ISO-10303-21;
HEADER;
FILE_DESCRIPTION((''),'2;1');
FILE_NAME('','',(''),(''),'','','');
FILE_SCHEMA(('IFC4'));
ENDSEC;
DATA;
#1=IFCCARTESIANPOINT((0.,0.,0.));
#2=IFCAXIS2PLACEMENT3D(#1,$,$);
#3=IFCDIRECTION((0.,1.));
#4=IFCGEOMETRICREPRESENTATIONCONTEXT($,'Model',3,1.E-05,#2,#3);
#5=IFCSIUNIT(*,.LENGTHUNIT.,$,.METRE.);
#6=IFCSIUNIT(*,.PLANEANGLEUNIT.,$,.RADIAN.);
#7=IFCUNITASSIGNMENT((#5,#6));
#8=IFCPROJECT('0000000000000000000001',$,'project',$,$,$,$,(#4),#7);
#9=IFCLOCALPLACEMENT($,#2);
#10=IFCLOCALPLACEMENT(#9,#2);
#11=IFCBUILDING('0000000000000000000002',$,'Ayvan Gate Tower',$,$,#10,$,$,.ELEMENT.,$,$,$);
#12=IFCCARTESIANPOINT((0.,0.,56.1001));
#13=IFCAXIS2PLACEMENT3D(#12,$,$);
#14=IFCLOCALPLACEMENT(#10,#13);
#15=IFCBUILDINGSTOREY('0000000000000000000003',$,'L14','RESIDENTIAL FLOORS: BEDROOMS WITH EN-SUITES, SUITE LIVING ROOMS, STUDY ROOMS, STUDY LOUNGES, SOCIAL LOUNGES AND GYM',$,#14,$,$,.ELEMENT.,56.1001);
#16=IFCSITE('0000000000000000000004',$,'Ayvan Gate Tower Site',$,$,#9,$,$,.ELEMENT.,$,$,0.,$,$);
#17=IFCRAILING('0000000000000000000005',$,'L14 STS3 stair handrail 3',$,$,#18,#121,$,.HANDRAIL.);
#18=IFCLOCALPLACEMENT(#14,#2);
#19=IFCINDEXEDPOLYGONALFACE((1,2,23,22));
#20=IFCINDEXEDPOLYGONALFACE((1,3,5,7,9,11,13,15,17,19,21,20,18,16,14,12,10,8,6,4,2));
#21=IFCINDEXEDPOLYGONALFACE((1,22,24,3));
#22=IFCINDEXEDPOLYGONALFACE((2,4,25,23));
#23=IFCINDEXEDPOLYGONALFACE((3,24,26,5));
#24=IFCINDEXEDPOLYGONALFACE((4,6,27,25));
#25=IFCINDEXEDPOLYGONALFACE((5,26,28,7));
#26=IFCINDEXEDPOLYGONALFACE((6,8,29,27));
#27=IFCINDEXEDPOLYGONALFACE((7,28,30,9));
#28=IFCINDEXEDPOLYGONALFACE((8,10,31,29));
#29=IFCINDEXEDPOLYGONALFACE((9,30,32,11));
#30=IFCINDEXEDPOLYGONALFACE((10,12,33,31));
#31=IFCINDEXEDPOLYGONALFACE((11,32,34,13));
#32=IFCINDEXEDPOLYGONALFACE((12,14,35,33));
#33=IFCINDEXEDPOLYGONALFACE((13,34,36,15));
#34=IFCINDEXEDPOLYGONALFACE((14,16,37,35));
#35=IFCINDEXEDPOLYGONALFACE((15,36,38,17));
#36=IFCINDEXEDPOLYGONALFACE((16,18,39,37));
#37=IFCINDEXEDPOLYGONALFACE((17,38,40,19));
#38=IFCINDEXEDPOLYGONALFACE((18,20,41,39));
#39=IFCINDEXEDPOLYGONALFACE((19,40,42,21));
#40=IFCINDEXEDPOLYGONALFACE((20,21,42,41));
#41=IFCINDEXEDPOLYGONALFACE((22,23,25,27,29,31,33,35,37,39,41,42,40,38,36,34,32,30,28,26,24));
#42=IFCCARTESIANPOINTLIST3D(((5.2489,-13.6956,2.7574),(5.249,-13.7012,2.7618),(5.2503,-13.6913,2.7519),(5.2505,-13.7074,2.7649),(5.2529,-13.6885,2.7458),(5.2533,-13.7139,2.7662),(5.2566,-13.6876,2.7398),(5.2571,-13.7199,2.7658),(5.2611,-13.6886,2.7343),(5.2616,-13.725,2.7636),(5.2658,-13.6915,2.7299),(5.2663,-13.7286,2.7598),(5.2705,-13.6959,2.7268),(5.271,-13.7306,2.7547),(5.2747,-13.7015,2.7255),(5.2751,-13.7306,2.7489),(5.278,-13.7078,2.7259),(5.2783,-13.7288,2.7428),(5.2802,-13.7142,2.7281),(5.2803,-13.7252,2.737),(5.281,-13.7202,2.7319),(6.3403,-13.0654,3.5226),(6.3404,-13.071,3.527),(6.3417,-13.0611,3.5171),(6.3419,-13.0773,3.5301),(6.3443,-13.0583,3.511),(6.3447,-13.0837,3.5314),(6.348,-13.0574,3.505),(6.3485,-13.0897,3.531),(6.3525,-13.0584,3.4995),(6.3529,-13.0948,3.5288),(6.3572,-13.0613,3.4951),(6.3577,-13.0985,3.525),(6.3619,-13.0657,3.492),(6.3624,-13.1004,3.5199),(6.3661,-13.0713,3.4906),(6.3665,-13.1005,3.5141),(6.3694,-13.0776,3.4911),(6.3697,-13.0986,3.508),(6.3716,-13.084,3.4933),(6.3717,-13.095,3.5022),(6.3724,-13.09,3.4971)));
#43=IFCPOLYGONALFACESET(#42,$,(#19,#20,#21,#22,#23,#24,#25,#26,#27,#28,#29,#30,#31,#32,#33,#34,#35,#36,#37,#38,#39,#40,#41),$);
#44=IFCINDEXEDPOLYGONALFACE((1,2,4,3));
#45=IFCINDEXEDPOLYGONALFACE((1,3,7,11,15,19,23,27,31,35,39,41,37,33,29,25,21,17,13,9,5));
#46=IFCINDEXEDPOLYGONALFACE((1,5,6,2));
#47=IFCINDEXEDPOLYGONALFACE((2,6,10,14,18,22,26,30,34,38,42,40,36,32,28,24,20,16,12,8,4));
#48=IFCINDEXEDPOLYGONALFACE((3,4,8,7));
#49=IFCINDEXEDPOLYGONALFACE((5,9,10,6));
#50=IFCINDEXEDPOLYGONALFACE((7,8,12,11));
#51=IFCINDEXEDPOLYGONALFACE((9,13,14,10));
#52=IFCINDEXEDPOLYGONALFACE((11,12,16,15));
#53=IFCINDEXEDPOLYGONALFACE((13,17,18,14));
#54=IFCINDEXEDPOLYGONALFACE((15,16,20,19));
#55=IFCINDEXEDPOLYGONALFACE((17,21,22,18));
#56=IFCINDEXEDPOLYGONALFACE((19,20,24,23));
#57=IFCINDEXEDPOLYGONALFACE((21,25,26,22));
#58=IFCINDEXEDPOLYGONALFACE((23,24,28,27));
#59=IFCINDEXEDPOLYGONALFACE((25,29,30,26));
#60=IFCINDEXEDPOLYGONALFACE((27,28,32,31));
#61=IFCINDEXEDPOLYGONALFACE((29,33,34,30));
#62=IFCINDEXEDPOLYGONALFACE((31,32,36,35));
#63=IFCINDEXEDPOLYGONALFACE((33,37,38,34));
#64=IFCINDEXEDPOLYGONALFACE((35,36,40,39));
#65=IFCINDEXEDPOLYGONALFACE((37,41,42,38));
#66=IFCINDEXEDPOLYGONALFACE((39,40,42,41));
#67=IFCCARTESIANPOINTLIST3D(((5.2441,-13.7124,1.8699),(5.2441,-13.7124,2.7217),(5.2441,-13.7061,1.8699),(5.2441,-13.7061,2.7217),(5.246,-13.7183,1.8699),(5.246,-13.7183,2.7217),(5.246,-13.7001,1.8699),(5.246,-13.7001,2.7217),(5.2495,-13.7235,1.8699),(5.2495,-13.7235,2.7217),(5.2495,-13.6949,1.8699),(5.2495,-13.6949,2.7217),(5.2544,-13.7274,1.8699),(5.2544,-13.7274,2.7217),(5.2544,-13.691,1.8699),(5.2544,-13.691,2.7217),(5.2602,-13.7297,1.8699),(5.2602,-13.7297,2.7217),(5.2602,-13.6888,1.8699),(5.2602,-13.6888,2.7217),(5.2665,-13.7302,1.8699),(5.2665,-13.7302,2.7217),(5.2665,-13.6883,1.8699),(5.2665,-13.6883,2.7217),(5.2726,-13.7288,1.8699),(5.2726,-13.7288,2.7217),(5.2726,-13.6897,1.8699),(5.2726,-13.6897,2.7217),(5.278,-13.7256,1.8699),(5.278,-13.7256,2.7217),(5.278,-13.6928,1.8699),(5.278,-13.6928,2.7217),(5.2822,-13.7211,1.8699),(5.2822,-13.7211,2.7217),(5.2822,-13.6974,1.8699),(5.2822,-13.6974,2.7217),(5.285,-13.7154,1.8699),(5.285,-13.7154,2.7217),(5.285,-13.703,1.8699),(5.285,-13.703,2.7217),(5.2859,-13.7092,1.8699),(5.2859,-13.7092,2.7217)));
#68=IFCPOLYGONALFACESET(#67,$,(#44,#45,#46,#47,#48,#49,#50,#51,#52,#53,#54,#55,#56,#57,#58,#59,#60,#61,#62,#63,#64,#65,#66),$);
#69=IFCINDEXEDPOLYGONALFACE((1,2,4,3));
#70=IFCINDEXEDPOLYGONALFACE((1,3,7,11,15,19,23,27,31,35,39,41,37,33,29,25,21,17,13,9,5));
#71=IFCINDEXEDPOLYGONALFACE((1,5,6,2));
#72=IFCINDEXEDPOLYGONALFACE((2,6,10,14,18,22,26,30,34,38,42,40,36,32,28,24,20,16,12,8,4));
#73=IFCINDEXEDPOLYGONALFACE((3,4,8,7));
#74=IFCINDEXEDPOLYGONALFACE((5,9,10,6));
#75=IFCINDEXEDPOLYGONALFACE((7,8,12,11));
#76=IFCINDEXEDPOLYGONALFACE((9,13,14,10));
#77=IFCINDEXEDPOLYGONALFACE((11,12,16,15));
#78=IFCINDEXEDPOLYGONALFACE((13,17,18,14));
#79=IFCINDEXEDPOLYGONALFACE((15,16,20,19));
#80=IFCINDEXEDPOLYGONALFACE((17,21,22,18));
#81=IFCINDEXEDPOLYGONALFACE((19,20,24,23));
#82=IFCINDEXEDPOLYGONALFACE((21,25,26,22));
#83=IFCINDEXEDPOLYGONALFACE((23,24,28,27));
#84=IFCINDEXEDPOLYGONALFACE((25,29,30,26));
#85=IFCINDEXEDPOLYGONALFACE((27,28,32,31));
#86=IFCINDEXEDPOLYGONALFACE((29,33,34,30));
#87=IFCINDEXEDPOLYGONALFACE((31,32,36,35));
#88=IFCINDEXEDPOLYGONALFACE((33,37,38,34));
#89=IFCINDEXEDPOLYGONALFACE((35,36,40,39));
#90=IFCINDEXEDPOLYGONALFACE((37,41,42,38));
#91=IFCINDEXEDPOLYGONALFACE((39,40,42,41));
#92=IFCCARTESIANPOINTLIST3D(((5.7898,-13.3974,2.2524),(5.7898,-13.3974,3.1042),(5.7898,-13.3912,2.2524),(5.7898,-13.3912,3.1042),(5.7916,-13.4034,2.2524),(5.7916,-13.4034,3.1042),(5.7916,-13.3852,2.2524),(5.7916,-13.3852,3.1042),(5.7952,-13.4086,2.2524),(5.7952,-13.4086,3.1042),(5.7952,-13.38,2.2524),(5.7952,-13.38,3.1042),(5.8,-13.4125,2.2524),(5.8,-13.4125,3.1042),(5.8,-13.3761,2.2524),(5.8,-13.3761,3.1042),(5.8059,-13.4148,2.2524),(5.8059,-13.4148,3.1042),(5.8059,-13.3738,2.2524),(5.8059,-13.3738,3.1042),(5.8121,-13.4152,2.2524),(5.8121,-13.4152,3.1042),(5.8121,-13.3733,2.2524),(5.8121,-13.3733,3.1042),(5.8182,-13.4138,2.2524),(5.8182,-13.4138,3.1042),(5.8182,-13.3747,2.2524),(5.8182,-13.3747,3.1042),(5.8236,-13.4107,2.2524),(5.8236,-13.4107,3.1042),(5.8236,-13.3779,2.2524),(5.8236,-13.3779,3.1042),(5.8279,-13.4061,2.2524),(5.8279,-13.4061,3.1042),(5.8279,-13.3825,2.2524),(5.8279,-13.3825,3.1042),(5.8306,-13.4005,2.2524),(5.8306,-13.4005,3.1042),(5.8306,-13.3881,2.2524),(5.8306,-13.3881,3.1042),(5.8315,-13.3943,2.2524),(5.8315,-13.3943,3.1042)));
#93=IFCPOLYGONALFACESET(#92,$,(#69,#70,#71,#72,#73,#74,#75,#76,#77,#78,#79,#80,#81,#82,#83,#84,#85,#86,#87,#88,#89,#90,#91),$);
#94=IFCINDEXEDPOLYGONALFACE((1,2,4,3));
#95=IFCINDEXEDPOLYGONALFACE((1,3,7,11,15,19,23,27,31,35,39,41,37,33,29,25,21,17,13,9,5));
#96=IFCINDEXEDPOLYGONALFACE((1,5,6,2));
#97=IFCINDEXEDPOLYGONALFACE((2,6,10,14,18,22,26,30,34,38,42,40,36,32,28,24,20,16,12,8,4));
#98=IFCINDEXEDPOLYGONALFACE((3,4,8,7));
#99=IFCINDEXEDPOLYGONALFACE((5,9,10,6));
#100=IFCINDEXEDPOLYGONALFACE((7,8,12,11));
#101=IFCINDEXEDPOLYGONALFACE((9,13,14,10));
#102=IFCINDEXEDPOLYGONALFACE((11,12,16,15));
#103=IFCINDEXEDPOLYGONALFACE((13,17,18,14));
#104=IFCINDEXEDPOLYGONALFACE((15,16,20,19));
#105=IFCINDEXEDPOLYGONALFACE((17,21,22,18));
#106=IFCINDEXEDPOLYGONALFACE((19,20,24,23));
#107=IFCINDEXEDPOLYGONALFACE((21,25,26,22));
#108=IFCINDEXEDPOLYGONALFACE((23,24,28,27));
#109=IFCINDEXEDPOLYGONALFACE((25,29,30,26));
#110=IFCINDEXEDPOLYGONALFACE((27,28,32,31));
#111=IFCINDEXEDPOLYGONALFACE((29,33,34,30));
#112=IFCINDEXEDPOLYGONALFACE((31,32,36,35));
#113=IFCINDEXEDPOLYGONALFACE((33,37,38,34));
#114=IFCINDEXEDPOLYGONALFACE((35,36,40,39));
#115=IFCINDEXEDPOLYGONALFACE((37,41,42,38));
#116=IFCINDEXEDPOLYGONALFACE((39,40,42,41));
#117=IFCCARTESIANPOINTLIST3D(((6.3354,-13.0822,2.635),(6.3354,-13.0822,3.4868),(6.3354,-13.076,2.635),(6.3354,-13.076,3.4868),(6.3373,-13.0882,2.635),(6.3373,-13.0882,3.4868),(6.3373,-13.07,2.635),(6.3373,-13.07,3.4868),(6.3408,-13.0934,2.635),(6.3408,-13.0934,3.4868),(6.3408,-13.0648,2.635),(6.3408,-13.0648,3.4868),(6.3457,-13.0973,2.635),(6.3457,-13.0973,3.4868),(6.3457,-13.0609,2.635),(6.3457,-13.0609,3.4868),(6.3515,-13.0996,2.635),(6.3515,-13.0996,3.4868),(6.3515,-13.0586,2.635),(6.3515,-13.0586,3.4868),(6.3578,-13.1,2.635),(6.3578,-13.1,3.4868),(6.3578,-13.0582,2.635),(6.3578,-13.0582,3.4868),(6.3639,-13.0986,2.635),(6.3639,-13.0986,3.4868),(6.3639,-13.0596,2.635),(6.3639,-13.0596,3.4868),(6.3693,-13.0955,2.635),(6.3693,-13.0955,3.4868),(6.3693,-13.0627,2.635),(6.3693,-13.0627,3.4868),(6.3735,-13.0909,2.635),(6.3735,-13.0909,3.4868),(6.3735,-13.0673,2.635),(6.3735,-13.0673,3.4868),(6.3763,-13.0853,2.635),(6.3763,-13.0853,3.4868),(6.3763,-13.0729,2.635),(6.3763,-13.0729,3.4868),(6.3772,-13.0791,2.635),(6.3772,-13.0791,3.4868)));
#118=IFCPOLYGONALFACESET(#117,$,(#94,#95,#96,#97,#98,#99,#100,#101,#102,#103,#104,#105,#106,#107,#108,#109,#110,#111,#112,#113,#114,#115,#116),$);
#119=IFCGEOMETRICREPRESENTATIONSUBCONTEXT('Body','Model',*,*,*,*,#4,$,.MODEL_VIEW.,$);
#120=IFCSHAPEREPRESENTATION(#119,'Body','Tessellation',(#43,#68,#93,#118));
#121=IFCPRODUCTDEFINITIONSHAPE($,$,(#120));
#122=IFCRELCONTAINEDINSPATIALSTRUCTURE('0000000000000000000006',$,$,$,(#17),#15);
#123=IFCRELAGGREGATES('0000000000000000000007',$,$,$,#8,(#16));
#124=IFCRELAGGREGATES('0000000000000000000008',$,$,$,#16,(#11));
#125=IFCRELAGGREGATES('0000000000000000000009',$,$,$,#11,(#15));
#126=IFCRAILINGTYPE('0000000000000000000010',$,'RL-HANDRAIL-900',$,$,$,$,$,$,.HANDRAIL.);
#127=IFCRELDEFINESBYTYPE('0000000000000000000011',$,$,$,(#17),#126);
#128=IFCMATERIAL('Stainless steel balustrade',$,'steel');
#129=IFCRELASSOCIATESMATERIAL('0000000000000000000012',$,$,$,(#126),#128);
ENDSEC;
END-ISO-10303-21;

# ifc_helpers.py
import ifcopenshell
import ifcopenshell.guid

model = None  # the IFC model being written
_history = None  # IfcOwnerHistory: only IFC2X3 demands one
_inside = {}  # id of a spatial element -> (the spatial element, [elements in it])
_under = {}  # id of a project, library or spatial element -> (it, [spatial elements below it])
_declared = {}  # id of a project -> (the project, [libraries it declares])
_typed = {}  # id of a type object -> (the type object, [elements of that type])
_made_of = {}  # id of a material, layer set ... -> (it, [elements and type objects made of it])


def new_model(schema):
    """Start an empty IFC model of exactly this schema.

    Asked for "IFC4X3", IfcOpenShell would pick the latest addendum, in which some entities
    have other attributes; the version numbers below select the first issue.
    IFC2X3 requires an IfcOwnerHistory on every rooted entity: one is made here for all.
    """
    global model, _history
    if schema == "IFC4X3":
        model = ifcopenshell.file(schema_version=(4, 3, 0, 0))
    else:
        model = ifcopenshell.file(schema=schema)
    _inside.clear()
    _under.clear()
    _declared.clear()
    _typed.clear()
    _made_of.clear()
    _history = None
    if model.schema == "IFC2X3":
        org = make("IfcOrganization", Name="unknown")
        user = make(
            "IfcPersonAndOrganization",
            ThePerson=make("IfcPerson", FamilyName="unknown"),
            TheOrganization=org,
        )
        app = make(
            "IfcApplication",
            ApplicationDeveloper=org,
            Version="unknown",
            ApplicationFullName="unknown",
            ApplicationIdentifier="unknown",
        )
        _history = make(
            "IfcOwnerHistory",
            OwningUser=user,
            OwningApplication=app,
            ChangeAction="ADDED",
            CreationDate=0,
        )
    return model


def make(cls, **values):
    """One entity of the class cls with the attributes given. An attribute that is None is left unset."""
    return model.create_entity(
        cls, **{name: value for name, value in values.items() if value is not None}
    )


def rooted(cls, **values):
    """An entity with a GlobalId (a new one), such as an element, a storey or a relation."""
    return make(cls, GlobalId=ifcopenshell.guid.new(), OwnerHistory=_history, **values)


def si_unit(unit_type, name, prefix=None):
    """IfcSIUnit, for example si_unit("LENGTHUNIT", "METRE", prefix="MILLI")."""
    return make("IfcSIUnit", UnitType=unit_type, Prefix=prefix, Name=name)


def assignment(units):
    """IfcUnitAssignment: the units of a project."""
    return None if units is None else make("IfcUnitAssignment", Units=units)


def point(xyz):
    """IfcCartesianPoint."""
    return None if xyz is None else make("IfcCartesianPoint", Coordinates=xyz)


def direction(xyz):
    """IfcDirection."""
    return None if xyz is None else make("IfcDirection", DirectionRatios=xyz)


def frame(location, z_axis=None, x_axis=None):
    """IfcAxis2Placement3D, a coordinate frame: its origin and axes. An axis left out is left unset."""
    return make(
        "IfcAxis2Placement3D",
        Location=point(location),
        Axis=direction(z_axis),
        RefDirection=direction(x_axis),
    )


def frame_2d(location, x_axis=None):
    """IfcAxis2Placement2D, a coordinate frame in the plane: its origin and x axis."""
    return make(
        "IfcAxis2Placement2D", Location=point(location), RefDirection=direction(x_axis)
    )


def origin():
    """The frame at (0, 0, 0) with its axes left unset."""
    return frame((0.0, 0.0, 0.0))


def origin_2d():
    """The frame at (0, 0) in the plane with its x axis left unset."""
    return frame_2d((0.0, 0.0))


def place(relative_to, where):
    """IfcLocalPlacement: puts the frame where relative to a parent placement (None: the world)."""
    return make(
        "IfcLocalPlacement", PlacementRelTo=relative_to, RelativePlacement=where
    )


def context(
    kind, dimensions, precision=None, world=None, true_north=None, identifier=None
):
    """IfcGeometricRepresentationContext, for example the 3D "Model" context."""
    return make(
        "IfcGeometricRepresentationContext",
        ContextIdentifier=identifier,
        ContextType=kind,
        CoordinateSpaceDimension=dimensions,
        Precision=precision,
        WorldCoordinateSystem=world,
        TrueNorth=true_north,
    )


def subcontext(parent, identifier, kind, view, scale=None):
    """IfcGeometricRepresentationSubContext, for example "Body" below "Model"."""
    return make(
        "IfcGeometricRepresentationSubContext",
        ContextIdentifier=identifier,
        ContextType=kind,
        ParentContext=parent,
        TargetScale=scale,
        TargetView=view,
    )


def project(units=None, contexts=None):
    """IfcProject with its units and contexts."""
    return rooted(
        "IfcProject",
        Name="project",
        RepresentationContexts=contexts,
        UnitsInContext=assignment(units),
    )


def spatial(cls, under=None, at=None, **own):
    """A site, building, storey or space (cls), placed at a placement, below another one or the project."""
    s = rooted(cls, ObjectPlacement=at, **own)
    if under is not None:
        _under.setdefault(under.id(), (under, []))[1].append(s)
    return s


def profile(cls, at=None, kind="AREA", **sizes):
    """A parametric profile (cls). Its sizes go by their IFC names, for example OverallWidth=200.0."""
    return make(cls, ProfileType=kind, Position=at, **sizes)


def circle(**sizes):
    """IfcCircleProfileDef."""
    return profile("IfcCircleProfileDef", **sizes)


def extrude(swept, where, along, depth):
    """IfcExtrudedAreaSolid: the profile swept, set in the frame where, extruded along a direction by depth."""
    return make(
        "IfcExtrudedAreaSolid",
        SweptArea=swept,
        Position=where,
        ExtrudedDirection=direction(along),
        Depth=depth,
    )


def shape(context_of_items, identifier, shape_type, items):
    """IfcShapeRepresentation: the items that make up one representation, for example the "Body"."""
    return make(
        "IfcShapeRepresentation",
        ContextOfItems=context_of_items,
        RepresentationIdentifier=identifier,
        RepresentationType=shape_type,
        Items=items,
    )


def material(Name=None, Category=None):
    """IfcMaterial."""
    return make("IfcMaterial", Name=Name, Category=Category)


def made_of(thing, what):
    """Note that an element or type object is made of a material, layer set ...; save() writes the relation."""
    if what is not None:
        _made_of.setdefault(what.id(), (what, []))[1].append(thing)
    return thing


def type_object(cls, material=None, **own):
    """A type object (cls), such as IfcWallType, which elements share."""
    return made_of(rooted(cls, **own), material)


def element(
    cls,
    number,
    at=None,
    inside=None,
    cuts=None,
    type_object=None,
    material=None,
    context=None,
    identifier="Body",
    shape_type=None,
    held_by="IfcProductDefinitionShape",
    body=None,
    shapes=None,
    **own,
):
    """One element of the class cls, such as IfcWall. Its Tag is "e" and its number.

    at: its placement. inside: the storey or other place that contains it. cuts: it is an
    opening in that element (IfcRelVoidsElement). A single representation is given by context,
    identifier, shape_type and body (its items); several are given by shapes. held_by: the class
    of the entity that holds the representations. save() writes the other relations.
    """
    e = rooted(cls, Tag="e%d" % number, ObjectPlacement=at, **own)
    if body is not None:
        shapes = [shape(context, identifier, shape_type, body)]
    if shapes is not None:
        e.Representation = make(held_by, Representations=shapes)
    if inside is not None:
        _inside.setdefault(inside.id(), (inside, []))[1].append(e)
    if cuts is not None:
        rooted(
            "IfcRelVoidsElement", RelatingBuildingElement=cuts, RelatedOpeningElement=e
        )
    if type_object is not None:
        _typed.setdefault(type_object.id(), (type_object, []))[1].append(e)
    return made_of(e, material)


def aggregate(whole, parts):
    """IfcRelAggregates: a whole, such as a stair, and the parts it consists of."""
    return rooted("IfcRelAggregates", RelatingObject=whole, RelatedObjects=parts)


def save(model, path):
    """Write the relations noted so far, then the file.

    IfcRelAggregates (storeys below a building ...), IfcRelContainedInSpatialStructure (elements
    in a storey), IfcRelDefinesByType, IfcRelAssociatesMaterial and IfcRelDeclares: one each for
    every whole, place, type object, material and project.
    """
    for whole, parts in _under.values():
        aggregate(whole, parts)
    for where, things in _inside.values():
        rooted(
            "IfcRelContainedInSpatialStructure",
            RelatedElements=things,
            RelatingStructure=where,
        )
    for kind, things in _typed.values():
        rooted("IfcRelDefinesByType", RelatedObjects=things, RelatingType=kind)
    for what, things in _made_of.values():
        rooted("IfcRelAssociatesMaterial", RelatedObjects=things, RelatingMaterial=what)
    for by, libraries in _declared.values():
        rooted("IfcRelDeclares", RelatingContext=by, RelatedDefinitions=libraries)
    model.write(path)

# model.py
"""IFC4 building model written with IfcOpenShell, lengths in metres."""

from ifc_helpers import new_model, si_unit, direction, frame, origin, origin_2d, place, context, subcontext, project, spatial, circle, extrude, material, type_object, element, save


model = new_model("IFC4")

# Units and contexts
model_context = context("Model", 3, precision=1e-05, world=origin(), true_north=direction((0.0, 1.0)))
body_context = subcontext(model_context, "Body", "Model", "MODEL_VIEW")
ifc_project = project(units=[si_unit("LENGTHUNIT", "METRE"), si_unit("PLANEANGLEUNIT", "RADIAN")], contexts=[model_context])

# Site, building, storey
site_placement = place(None, origin())
site = spatial("IfcSite", under=ifc_project, at=site_placement, Name="Ayvan Gate Tower Site", CompositionType="ELEMENT", RefElevation=0.0)
building_placement = place(site_placement, origin())
building = spatial("IfcBuilding", under=site, at=building_placement, Name="Ayvan Gate Tower", CompositionType="ELEMENT")
storey_placement = place(building_placement, frame((0.0, 0.0, 56.1001)))
storey = spatial("IfcBuildingStorey", under=building, at=storey_placement, Name="L14", Description="RESIDENTIAL FLOORS: BEDROOMS WITH EN-SUITES, SUITE LIVING ROOMS, STUDY ROOMS, STUDY LOUNGES, SOCIAL LOUNGES AND GYM", CompositionType="ELEMENT", Elevation=56.1001)

# Railing
ifc_material_1 = material(Name="Stainless steel balustrade", Category="steel")
railing_type_1 = type_object("IfcRailingType", Name="RL-HANDRAIL-900", PredefinedType="HANDRAIL", material=ifc_material_1)
railing_1_placement = place(storey_placement, frame((5.2649, -13.7092, 1.8699)))
element("IfcRailing", 1, at=railing_1_placement, inside=storey, type_object=railing_type_1, Name="L14 STS3 stair handrail 3", PredefinedType="HANDRAIL", context=body_context, shape_type="SweptSolid", body=[
    extrude(circle(Radius=0.0239, at=origin_2d()), frame((0.0, 0.0, 0.876), z_axis=(0.740241, 0.427419, 0.518996), x_axis=(-0.500035, 0.866005, 0.0)), (0.0, 0.0, 1.0), 1.4744),
    extrude(circle(Radius=0.021, at=origin_2d()), origin(), (0.0, 0.0, 1.0), 0.8518),
    extrude(circle(Radius=0.021, at=origin_2d()), frame((0.5457, 0.3149, 0.3826)), (0.0, 0.0, 1.0), 0.8518),
    extrude(circle(Radius=0.021, at=origin_2d()), frame((1.0913, 0.6301, 0.7651)), (0.0, 0.0, 1.0), 0.8518),
])

save(model, "model.ifc")
